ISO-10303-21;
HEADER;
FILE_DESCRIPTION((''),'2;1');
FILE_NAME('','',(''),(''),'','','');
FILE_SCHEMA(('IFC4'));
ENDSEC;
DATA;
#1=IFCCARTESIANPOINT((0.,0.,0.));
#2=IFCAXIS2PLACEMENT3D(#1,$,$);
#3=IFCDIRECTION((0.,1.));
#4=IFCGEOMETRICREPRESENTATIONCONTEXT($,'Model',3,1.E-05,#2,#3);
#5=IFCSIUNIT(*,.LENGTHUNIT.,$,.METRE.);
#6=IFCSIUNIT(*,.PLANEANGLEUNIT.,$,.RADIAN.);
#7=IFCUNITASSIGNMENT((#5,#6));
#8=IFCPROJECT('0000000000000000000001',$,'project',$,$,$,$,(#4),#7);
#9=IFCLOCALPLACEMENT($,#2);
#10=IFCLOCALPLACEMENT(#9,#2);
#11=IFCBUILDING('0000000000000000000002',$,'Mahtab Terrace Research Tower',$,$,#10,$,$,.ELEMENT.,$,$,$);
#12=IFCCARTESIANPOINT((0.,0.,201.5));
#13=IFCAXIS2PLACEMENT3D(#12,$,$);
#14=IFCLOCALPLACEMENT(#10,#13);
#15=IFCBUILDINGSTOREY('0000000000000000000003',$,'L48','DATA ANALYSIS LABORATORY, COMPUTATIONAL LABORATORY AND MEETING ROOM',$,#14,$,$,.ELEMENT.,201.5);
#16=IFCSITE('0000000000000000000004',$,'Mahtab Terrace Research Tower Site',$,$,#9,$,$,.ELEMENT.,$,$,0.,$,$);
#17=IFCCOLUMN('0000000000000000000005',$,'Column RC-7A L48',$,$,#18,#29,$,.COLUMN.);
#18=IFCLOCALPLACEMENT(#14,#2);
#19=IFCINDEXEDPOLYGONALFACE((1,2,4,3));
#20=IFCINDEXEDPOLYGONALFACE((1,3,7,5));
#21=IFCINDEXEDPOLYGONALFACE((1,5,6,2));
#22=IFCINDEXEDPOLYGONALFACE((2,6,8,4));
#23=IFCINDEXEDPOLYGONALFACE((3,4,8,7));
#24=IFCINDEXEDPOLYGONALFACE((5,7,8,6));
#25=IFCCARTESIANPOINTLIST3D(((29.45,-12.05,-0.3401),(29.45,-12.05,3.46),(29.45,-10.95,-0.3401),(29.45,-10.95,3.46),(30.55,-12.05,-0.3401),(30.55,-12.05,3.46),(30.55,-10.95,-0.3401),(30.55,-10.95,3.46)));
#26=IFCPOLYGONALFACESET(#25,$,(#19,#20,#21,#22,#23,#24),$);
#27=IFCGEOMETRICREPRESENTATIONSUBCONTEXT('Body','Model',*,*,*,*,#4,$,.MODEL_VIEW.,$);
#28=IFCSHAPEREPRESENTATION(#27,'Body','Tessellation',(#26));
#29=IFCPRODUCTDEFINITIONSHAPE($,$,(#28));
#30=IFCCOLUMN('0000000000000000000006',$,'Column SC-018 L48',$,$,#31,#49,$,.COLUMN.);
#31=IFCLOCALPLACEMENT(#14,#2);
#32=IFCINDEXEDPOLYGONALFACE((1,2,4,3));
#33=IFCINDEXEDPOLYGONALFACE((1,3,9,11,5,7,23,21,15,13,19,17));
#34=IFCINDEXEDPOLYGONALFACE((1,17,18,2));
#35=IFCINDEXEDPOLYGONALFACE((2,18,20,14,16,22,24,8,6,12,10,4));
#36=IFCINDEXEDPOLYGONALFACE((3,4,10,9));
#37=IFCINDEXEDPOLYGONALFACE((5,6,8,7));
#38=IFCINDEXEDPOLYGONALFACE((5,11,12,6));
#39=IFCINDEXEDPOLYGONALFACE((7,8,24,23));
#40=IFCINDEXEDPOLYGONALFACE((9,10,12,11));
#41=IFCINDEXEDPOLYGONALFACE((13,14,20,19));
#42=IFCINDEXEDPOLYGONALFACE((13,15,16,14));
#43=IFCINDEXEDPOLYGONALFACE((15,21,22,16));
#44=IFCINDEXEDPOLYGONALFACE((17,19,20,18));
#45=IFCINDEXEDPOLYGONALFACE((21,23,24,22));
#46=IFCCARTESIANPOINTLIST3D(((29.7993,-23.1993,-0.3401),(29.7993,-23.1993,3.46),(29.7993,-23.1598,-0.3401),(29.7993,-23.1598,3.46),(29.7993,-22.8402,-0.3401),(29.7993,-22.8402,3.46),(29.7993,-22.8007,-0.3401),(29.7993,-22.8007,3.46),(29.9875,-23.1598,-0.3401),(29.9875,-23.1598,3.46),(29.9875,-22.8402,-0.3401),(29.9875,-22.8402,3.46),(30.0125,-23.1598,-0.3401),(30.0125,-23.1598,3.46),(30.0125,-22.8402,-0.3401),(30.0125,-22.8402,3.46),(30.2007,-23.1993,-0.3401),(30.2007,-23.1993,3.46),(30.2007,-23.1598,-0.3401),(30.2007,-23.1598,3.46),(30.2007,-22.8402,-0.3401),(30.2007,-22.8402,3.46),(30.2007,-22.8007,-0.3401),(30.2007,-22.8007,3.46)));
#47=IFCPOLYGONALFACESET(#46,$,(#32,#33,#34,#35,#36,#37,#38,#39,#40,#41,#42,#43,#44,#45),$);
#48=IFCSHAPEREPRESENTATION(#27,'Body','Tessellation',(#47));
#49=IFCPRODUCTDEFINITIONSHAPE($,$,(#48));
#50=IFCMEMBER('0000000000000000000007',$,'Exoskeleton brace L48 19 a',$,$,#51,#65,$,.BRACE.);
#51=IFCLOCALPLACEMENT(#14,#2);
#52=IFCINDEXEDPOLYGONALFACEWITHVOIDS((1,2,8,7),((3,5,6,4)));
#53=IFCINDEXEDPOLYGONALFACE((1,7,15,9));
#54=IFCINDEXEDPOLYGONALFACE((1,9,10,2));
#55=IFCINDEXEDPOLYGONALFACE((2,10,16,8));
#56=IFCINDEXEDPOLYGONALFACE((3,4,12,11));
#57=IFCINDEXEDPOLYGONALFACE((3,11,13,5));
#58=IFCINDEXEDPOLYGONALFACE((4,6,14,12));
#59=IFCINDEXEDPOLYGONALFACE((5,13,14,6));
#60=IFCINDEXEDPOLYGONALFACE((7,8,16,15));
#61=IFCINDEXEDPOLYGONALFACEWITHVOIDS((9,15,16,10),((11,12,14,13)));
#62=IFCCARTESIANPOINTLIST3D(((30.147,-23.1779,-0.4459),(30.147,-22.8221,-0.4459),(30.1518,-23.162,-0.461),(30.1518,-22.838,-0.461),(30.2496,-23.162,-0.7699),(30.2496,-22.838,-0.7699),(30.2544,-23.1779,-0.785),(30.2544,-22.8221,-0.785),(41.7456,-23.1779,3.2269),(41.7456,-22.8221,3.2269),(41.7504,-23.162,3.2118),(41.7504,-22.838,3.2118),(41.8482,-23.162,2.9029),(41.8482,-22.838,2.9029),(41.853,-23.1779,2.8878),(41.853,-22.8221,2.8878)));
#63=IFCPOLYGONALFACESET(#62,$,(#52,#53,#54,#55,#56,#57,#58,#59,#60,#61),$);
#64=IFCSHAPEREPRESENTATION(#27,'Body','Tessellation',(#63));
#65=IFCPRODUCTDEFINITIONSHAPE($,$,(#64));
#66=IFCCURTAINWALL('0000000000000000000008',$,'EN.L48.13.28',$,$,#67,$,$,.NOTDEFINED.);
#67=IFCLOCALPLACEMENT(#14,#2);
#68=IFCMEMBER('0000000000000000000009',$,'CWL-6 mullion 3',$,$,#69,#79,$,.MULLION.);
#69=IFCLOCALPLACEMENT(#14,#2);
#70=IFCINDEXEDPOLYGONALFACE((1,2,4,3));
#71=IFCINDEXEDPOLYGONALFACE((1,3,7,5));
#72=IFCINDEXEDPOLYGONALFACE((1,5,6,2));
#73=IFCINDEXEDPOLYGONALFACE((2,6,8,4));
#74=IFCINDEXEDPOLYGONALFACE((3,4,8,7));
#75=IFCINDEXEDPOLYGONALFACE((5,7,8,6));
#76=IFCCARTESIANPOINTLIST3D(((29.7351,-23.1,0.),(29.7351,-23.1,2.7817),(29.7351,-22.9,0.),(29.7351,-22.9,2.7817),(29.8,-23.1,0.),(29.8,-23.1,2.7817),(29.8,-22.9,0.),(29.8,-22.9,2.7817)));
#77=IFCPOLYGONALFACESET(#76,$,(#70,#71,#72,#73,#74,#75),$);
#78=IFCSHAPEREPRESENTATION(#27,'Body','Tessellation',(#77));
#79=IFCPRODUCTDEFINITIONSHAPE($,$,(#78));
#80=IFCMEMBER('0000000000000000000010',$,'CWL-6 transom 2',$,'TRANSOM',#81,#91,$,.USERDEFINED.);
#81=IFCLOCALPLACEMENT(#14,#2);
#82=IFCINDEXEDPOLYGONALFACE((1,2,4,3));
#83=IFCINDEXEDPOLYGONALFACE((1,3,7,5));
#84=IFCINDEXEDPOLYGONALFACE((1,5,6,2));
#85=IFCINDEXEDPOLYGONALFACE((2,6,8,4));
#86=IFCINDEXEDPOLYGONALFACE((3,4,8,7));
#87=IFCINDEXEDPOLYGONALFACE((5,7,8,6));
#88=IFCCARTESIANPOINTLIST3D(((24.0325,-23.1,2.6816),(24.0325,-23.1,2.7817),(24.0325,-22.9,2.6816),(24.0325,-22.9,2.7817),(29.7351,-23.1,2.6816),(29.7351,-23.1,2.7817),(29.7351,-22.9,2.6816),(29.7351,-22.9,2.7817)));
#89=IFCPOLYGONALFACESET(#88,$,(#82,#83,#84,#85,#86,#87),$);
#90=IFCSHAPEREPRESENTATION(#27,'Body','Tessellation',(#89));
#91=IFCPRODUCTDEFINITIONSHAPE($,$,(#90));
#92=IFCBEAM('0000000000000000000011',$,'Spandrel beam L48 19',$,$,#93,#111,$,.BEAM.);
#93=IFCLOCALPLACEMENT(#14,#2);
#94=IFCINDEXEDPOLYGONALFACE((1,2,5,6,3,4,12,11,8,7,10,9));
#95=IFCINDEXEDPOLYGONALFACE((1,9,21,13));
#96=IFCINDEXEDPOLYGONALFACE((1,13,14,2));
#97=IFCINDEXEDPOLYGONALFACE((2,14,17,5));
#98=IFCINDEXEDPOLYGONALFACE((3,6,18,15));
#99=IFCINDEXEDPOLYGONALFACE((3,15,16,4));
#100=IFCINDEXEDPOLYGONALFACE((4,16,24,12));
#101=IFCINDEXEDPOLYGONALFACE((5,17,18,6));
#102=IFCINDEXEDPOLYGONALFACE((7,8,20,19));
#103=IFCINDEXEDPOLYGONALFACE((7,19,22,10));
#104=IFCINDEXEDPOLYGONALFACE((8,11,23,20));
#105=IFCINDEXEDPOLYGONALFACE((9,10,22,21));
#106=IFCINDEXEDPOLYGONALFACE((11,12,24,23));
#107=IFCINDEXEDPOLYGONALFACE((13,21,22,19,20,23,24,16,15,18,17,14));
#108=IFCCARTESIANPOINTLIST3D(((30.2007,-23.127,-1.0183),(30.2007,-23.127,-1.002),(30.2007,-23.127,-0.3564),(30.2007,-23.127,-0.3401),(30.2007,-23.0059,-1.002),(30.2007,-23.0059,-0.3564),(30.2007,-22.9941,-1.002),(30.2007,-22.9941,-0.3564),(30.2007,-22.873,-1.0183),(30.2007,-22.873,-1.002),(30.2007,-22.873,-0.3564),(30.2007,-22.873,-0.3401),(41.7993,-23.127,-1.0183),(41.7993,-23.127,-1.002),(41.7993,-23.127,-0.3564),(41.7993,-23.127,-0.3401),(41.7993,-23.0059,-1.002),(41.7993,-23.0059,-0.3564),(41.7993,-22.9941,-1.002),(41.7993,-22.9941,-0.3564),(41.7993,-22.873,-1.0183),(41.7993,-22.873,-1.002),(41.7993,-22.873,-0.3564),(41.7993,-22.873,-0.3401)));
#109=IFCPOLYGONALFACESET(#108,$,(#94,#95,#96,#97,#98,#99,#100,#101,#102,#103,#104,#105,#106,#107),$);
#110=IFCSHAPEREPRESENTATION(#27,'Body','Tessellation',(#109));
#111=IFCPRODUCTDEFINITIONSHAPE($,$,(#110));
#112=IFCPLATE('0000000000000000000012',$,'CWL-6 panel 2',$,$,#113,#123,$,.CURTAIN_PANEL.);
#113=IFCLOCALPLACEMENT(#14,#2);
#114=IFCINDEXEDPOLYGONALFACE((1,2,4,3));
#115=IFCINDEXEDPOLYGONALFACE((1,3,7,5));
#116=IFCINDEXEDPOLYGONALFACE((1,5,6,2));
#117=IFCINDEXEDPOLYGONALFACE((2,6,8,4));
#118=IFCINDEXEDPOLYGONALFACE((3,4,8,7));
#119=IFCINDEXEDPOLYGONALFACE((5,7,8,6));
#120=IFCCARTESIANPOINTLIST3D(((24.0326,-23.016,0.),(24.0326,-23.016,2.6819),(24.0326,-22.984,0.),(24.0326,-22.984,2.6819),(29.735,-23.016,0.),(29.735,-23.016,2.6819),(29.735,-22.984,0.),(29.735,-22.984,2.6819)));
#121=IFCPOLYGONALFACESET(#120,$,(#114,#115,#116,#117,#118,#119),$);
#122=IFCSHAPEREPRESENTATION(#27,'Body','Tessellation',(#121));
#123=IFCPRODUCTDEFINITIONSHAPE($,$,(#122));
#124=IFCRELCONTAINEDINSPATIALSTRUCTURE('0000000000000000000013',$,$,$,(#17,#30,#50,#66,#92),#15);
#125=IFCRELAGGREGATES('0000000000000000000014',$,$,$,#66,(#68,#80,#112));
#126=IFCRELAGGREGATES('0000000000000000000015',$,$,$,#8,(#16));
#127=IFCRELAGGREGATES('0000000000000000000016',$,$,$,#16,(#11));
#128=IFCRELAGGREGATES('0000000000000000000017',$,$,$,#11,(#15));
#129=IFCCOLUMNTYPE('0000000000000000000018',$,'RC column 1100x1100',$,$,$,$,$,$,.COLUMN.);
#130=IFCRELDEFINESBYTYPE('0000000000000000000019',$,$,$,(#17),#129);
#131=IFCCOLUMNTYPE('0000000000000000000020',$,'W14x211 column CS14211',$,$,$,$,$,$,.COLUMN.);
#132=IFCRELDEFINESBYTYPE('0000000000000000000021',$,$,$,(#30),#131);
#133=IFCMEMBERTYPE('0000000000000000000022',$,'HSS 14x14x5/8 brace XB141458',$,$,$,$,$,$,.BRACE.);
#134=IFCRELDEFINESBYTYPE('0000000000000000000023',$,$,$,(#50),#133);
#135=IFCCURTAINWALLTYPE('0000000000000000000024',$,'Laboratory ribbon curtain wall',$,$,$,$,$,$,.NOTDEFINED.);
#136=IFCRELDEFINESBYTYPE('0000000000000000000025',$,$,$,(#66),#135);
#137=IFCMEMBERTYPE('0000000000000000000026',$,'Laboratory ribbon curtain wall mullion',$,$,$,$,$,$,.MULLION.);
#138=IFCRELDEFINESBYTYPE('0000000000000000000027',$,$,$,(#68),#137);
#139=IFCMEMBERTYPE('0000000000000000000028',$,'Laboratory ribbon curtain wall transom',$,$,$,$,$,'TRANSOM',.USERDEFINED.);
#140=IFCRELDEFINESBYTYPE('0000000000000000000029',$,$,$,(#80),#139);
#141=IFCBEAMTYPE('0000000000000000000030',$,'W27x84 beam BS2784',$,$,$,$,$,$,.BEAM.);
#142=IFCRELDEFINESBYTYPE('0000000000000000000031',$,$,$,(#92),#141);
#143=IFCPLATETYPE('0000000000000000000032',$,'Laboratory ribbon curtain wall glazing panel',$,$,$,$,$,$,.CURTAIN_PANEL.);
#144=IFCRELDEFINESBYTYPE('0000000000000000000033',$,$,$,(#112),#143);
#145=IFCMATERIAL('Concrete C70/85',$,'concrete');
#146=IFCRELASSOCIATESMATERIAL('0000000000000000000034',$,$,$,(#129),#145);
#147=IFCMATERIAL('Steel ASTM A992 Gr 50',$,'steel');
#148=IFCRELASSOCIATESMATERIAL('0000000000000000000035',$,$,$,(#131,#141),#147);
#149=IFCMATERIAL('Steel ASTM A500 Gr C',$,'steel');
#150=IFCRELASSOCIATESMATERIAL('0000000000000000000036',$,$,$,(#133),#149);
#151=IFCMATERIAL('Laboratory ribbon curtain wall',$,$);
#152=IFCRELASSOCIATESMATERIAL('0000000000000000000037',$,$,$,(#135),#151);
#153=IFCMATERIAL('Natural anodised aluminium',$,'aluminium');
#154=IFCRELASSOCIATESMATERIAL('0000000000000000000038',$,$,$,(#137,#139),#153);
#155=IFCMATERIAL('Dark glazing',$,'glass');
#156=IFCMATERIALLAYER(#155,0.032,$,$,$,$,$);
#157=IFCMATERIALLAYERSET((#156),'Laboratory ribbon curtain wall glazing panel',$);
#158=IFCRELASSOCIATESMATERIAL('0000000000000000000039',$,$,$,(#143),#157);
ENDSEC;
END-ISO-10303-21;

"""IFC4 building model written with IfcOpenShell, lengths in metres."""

from ifc_helpers import new_model, si_unit, direction, frame, origin, origin_2d, place, context, subcontext, project, spatial, rectangle, hollow_rectangle, i_section, extrude, material, layer, layer_set, material_profile, profile_set, type_object, element, aggregate, save


model = new_model("IFC4")

# Units and contexts
model_context = context("Model", 3, precision=1e-05, world=origin(), true_north=direction((0.0, 1.0)))
body_context = subcontext(model_context, "Body", "Model", "MODEL_VIEW")
ifc_project = project(units=[si_unit("LENGTHUNIT", "METRE"), si_unit("PLANEANGLEUNIT", "RADIAN")], contexts=[model_context])

# Site, building, storey
site_placement = place(None, origin())
site = spatial("IfcSite", under=ifc_project, at=site_placement, Name="Mahtab Terrace Research Tower Site", CompositionType="ELEMENT", RefElevation=0.0)
building_placement = place(site_placement, origin())
building = spatial("IfcBuilding", under=site, at=building_placement, Name="Mahtab Terrace Research Tower", CompositionType="ELEMENT")
storey_placement = place(building_placement, frame((0.0, 0.0, 201.5)))
storey = spatial("IfcBuildingStorey", under=building, at=storey_placement, Name="L48", Description="DATA ANALYSIS LABORATORY, COMPUTATIONAL LABORATORY AND MEETING ROOM", CompositionType="ELEMENT", Elevation=201.5)

# Columns
ifc_material_1 = material(Name="Concrete C70/85", Category="concrete")
ifc_material_profile_1 = material_profile(ifc_material_1, rectangle(XDim=1.1001, YDim=1.1001, at=origin_2d()), Name="RC column 1100x1100")
ifc_profile_set_1 = profile_set([ifc_material_profile_1], Name="Concrete C70/85")
column_type_1 = type_object("IfcColumnType", Name="RC column 1100x1100", PredefinedType="COLUMN", material=ifc_profile_set_1)
column_1_placement = place(storey_placement, frame((30.0, -11.5, -0.3401), z_axis=(0.0, 0.0, 1.0), x_axis=(1.0, 0.0, 0.0)))
element("IfcColumn", 1, at=column_1_placement, inside=storey, type_object=column_type_1, Name="Column RC-7A L48", PredefinedType="COLUMN", context=body_context, shape_type="SweptSolid", body=[
    extrude(rectangle(XDim=1.1001, YDim=1.1001, at=origin_2d()), origin(), (0.0, 0.0, 1.0), 3.8),
])
ifc_material_2 = material(Name="Steel ASTM A992 Gr 50", Category="steel")
ifc_material_profile_2 = material_profile(ifc_material_2, i_section(OverallWidth=0.4014, OverallDepth=0.3987, WebThickness=0.0249, FlangeThickness=0.0396, at=origin_2d()), Name="W14X211")
ifc_profile_set_2 = profile_set([ifc_material_profile_2], Name="Steel ASTM A992 Gr 50")
column_type_2 = type_object("IfcColumnType", Name="W14x211 column CS14211", PredefinedType="COLUMN", material=ifc_profile_set_2)
column_2_placement = place(storey_placement, frame((30.0, -23.0, -0.3401), z_axis=(0.0, 0.0, 1.0), x_axis=(1.0, 0.0, 0.0)))
element("IfcColumn", 2, at=column_2_placement, inside=storey, type_object=column_type_2, Name="Column SC-018 L48", PredefinedType="COLUMN", context=body_context, shape_type="SweptSolid", body=[
    extrude(i_section(OverallWidth=0.4014, OverallDepth=0.3987, WebThickness=0.0249, FlangeThickness=0.0396, at=origin_2d()), origin(), (0.0, 0.0, 1.0), 3.8),
])

# Member
ifc_material_3 = material(Name="Steel ASTM A500 Gr C", Category="steel")
ifc_material_profile_3 = material_profile(ifc_material_3, hollow_rectangle(XDim=0.3557, YDim=0.3557, WallThickness=0.0159, at=origin_2d()), Name="HSS14X14X5/8")
ifc_profile_set_3 = profile_set([ifc_material_profile_3], Name="Steel ASTM A500 Gr C")
member_type_1 = type_object("IfcMemberType", Name="HSS 14x14x5/8 brace XB141458", PredefinedType="BRACE", material=ifc_profile_set_3)
member_1_placement = place(storey_placement, frame((30.2007, -23.0, -0.6155), z_axis=(0.953343, 0.0, 0.301888), x_axis=(0.0, 1.0, 0.0)))
element("IfcMember", 3, at=member_1_placement, inside=storey, type_object=member_type_1, Name="Exoskeleton brace L48 19 a", PredefinedType="BRACE", context=body_context, shape_type="SweptSolid", body=[
    extrude(hollow_rectangle(XDim=0.3557, YDim=0.3557, WallThickness=0.0159, at=origin_2d()), origin(), (0.0, 0.0, 1.0), 12.1663),
])

# Curtain wall, members
ifc_material_4 = material(Name="Laboratory ribbon curtain wall")
curtain_wall_type = type_object("IfcCurtainWallType", Name="Laboratory ribbon curtain wall", PredefinedType="NOTDEFINED", material=ifc_material_4)
curtain_wall_placement = place(storey_placement, origin())
curtain_wall = element("IfcCurtainWall", 4, at=curtain_wall_placement, inside=storey, type_object=curtain_wall_type, Name="EN.L48.13.28", PredefinedType="NOTDEFINED")
ifc_material_5 = material(Name="Natural anodised aluminium", Category="aluminium")
ifc_material_profile_4 = material_profile(ifc_material_5, rectangle(XDim=0.2, YDim=0.0649, at=origin_2d()), Name="MULLION 65x200")
ifc_profile_set_4 = profile_set([ifc_material_profile_4], Name="Natural anodised aluminium")
member_type_2 = type_object("IfcMemberType", Name="Laboratory ribbon curtain wall mullion", PredefinedType="MULLION", material=ifc_profile_set_4)
member_2_placement = place(storey_placement, frame((29.7676, -23.0, 0.0), z_axis=(0.0, 0.0, 1.0), x_axis=(0.0, 1.0, 0.0)))
member_2 = element("IfcMember", 5, at=member_2_placement, type_object=member_type_2, Name="CWL-6 mullion 3", PredefinedType="MULLION", context=body_context, shape_type="SweptSolid", body=[
    extrude(rectangle(XDim=0.2, YDim=0.0649, at=origin_2d()), origin(), (0.0, 0.0, 1.0), 2.7817),
])
ifc_material_profile_5 = material_profile(ifc_material_5, rectangle(XDim=0.2, YDim=0.1001, at=origin_2d()), Name="TRANSOM 100x200")
ifc_profile_set_5 = profile_set([ifc_material_profile_5], Name="Natural anodised aluminium")
member_type_3 = type_object("IfcMemberType", Name="Laboratory ribbon curtain wall transom", ElementType="TRANSOM", PredefinedType="USERDEFINED", material=ifc_profile_set_5)
member_3_placement = place(storey_placement, frame((24.0325, -23.0, 2.7317), z_axis=(1.0, 0.0, 0.0), x_axis=(0.0, 1.0, 0.0)))
member_3 = element("IfcMember", 6, at=member_3_placement, type_object=member_type_3, Name="CWL-6 transom 2", ObjectType="TRANSOM", PredefinedType="USERDEFINED", context=body_context, shape_type="SweptSolid", body=[
    extrude(rectangle(XDim=0.2, YDim=0.1001, at=origin_2d()), origin(), (0.0, 0.0, 1.0), 5.7026),
])

# Beam
ifc_material_profile_6 = material_profile(ifc_material_2, i_section(OverallWidth=0.2539, OverallDepth=0.6782, WebThickness=0.0117, FlangeThickness=0.0164, at=origin_2d()), Name="W27X84")
ifc_profile_set_6 = profile_set([ifc_material_profile_6], Name="Steel ASTM A992 Gr 50")
beam_type = type_object("IfcBeamType", Name="W27x84 beam BS2784", PredefinedType="BEAM", material=ifc_profile_set_6)
beam_placement = place(storey_placement, frame((30.2007, -23.0, -0.6792), z_axis=(1.0, 0.0, 0.0), x_axis=(0.0, 1.0, 0.0)))
element("IfcBeam", 7, at=beam_placement, inside=storey, type_object=beam_type, Name="Spandrel beam L48 19", PredefinedType="BEAM", context=body_context, shape_type="SweptSolid", body=[
    extrude(i_section(OverallWidth=0.2539, OverallDepth=0.6782, WebThickness=0.0117, FlangeThickness=0.0164, at=origin_2d()), origin(), (0.0, 0.0, 1.0), 11.5986),
])

# Plate
ifc_material_6 = material(Name="Dark glazing", Category="glass")
ifc_layer_1 = layer(ifc_material_6, 0.032)
ifc_layer_set_1 = layer_set([ifc_layer_1], Name="Laboratory ribbon curtain wall glazing panel")
plate_type = type_object("IfcPlateType", Name="Laboratory ribbon curtain wall glazing panel", PredefinedType="CURTAIN_PANEL", material=ifc_layer_set_1)
plate_placement = place(storey_placement, frame((26.8838, -23.0, 0.0), z_axis=(0.0, 0.0, 1.0), x_axis=(1.0, 0.0, 0.0)))
plate = element("IfcPlate", 8, at=plate_placement, type_object=plate_type, Name="CWL-6 panel 2", PredefinedType="CURTAIN_PANEL", context=body_context, shape_type="SweptSolid", body=[
    extrude(rectangle(XDim=5.7024, YDim=0.032, at=origin_2d()), origin(), (0.0, 0.0, 1.0), 2.6819),
])
aggregate(curtain_wall, [member_2, member_3, plate])

save(model, "model.ifc")
